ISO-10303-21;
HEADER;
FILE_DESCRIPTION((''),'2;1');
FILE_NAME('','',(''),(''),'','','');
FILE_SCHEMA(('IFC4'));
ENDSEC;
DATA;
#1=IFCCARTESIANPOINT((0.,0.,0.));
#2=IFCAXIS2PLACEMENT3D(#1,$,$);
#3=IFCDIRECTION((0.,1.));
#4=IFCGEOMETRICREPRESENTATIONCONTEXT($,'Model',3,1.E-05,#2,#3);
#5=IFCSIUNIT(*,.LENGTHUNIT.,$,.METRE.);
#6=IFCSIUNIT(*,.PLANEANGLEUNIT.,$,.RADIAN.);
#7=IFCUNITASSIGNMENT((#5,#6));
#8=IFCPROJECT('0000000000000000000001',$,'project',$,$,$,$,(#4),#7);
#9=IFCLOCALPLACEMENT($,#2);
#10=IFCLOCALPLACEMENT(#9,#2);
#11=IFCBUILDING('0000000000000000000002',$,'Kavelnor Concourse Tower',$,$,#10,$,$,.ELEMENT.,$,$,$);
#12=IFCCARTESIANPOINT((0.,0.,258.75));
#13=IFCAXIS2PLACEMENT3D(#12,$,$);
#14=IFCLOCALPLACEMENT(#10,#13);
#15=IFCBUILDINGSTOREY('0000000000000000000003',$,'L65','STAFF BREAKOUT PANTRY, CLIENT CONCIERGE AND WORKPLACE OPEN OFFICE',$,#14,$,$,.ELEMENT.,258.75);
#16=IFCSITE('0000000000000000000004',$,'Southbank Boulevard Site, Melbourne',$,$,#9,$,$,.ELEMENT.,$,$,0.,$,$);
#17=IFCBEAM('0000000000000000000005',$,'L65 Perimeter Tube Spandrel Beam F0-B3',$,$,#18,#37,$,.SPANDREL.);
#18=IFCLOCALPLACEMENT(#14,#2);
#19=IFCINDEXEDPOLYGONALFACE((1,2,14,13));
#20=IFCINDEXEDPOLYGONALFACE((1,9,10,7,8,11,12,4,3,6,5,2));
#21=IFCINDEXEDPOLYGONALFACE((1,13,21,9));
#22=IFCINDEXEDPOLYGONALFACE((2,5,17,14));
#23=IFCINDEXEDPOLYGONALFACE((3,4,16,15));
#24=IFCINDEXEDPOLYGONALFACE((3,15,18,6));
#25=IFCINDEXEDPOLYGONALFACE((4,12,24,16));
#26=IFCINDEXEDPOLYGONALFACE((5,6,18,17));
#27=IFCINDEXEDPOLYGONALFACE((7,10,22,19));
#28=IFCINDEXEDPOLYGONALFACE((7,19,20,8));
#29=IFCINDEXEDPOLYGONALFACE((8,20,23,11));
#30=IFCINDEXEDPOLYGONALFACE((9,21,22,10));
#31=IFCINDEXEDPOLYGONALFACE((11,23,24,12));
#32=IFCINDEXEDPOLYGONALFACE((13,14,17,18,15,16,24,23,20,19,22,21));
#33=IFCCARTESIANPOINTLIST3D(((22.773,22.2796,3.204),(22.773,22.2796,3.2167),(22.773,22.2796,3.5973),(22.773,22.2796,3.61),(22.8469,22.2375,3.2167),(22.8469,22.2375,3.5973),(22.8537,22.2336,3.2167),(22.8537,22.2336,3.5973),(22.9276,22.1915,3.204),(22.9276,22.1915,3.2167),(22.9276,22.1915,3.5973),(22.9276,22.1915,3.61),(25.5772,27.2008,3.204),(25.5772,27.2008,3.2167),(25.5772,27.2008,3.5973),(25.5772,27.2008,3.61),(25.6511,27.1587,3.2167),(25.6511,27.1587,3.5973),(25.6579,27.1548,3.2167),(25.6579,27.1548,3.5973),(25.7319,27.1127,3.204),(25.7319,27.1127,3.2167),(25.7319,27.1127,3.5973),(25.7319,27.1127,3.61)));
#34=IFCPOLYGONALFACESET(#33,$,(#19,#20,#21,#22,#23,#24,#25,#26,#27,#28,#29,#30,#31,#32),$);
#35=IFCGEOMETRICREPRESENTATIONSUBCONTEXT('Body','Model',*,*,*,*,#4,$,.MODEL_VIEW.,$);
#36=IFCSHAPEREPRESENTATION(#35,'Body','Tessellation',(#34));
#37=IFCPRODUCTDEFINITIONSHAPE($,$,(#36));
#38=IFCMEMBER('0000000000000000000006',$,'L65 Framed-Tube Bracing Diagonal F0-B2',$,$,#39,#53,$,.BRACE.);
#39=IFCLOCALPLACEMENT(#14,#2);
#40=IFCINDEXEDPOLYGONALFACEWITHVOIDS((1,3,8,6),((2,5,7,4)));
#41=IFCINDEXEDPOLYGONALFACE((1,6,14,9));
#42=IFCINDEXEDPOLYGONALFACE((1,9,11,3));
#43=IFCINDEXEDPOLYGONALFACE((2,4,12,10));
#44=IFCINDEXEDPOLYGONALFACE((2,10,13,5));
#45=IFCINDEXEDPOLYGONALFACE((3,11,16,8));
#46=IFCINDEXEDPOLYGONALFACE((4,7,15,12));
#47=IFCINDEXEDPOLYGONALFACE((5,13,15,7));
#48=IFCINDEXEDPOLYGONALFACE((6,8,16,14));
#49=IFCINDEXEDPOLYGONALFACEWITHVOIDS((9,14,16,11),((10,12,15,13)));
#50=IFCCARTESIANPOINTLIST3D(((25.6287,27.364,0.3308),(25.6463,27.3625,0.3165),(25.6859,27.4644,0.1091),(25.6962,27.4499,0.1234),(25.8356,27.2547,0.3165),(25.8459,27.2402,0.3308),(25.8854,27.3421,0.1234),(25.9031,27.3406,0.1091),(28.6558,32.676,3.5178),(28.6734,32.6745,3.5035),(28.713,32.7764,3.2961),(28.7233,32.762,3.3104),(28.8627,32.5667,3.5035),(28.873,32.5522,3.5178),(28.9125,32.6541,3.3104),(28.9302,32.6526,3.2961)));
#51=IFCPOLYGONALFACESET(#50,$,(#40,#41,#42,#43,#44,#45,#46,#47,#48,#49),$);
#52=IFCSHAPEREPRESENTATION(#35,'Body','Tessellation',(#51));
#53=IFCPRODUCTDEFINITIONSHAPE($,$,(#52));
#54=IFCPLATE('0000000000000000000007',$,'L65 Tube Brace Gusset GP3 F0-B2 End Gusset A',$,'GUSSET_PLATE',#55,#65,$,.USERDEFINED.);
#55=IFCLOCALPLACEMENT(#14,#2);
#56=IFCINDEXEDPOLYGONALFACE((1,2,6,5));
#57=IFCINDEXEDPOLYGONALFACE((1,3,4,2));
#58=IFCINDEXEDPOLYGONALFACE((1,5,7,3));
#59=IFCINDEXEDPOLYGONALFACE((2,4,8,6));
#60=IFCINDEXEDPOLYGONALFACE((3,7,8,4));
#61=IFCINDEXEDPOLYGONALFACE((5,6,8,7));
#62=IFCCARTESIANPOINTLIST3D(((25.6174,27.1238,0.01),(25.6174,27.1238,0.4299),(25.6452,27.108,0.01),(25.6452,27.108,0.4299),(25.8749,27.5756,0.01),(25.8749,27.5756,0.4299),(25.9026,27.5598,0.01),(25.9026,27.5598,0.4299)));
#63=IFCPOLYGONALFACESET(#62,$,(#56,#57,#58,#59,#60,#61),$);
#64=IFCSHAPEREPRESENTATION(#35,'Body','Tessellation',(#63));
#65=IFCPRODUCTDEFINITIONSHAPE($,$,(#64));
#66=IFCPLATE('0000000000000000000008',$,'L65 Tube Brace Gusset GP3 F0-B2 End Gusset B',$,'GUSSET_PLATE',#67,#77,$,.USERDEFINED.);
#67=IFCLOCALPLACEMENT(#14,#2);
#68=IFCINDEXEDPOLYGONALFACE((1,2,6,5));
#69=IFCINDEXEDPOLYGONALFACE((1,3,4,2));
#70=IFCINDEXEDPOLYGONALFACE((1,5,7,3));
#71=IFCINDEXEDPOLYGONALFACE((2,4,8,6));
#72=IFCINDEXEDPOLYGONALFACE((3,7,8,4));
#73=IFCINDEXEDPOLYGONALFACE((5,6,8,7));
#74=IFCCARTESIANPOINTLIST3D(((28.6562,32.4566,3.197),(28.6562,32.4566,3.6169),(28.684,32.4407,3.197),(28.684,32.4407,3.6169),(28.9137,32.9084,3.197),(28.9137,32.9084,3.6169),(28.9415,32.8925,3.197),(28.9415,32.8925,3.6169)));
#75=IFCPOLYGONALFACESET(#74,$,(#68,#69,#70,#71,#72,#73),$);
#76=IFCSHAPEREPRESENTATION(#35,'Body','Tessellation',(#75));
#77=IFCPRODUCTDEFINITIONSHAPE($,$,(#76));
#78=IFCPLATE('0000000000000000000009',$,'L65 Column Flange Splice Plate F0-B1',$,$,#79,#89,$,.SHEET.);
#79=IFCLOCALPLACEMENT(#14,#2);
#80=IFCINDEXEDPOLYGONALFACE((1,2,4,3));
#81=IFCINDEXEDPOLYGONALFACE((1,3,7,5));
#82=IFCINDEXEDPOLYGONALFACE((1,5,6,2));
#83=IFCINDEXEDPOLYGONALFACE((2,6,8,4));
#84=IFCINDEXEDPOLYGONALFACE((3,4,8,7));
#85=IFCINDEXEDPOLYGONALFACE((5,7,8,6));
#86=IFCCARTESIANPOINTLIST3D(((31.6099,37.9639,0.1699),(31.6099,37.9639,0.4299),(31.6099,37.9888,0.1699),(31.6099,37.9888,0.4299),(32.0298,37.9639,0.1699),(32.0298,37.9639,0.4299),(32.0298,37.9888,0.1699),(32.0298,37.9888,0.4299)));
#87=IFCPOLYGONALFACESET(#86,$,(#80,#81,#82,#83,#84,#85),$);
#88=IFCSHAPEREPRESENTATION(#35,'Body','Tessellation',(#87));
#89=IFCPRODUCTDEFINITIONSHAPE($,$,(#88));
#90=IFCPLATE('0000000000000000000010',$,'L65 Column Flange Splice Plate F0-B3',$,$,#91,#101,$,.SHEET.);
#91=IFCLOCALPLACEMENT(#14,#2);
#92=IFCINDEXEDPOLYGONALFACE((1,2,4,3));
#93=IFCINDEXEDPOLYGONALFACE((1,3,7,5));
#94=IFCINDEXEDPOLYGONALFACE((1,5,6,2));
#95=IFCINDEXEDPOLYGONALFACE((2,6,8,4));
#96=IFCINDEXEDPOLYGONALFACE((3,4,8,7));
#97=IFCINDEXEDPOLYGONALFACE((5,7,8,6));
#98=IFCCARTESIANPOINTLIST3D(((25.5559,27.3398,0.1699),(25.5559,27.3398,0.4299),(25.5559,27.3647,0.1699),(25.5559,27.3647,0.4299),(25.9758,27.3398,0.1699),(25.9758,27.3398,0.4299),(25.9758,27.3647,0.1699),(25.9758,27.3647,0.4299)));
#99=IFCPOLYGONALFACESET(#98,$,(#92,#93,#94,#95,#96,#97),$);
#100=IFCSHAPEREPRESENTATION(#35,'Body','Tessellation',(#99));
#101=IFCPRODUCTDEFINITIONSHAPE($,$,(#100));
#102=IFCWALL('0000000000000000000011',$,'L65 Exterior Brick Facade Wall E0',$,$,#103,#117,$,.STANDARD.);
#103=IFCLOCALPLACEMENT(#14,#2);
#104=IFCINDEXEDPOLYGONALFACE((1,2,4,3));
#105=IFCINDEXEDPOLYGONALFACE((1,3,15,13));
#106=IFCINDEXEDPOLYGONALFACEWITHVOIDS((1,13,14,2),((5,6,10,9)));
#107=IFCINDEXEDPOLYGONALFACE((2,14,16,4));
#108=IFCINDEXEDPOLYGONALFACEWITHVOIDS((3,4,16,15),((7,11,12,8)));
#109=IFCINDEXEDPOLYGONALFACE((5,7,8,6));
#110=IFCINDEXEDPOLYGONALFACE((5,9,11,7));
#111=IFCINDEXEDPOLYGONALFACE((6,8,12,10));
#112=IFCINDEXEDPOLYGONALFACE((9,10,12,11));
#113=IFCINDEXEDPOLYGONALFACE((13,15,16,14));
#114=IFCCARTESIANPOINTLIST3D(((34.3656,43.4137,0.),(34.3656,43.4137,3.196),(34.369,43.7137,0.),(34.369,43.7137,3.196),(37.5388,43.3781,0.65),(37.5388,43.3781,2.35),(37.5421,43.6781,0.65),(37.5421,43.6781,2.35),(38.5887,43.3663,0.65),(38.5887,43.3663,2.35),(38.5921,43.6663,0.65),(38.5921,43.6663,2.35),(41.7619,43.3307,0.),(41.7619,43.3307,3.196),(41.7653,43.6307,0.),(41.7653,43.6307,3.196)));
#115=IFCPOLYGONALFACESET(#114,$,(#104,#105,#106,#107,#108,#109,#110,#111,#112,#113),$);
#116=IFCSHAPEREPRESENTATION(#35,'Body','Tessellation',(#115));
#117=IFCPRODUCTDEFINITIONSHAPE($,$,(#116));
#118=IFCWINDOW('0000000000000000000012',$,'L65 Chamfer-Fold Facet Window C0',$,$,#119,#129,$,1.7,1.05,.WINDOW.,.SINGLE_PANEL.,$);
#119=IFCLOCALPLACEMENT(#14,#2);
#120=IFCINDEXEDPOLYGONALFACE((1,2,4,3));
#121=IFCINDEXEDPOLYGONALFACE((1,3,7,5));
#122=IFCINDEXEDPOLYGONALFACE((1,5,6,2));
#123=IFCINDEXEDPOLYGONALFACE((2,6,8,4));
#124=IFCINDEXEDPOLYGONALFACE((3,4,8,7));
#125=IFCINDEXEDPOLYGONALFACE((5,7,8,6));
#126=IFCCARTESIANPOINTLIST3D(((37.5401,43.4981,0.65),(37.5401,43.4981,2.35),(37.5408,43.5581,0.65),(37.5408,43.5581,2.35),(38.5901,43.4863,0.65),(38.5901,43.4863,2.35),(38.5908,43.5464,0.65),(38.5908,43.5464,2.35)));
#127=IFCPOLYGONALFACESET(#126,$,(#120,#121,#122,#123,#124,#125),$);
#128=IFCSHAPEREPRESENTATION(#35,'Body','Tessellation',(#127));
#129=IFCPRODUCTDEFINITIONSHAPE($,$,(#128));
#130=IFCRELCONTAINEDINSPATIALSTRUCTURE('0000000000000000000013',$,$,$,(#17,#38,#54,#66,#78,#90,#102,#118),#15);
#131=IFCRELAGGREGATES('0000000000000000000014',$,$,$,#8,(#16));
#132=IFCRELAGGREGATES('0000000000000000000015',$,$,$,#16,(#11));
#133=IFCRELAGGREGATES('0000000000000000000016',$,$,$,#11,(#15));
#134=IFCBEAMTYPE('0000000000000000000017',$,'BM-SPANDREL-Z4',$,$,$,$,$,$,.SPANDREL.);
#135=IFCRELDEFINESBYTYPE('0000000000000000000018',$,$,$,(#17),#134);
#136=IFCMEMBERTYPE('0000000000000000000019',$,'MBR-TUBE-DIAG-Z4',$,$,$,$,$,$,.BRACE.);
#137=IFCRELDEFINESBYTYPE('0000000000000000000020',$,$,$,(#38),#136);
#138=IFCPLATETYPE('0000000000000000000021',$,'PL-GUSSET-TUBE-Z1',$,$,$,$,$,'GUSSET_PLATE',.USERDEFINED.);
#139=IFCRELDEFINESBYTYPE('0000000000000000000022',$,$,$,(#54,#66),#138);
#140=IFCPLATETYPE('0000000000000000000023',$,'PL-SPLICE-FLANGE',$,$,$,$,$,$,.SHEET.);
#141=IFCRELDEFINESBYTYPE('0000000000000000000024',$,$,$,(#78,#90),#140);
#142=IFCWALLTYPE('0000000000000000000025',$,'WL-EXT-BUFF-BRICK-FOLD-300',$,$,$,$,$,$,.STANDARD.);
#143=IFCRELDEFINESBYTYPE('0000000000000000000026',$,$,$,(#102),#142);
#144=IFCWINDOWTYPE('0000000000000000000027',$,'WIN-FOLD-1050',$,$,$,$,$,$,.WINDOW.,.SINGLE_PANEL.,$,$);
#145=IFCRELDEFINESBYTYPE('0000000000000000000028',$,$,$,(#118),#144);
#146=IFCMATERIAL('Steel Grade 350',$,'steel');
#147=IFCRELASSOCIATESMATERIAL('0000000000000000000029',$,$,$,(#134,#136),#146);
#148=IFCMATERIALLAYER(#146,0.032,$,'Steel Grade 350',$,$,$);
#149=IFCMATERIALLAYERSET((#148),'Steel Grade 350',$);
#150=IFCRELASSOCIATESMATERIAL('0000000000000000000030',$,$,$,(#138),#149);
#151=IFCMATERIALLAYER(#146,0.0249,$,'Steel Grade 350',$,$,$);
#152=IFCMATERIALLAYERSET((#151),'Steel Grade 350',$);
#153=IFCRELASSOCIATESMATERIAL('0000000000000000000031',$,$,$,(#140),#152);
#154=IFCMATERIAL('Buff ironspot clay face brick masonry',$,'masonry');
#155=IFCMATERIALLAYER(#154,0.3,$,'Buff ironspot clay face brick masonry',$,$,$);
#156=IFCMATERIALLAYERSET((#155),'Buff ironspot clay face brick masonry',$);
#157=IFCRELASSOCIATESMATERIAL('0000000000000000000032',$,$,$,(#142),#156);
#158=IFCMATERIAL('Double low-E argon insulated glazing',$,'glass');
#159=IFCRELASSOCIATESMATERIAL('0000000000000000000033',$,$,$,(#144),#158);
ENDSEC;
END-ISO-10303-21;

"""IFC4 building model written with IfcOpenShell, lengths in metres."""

from ifc_helpers import new_model, si_unit, direction, frame, frame_2d, origin, origin_2d, place, context, subcontext, project, spatial, rectangle, hollow_rectangle, i_section, extrude, material, layer, layer_set, material_profile, profile_set, type_object, element, fill, save


model = new_model("IFC4")

# Units and contexts
model_context = context("Model", 3, precision=1e-05, world=origin(), true_north=direction((0.0, 1.0)))
body_context = subcontext(model_context, "Body", "Model", "MODEL_VIEW")
ifc_project = project(units=[si_unit("LENGTHUNIT", "METRE"), si_unit("PLANEANGLEUNIT", "RADIAN")], contexts=[model_context])

# Site, building, storey
site_placement = place(None, origin())
site = spatial("IfcSite", under=ifc_project, at=site_placement, Name="Southbank Boulevard Site, Melbourne", CompositionType="ELEMENT", RefElevation=0.0)
building_placement = place(site_placement, origin())
building = spatial("IfcBuilding", under=site, at=building_placement, Name="Kavelnor Concourse Tower", CompositionType="ELEMENT")
storey_placement = place(building_placement, frame((0.0, 0.0, 258.75)))
storey = spatial("IfcBuildingStorey", under=building, at=storey_placement, Name="L65", Description="STAFF BREAKOUT PANTRY, CLIENT CONCIERGE AND WORKPLACE OPEN OFFICE", CompositionType="ELEMENT", Elevation=258.75)

# Shared definitions
ifc_material_1 = material(Name="Steel Grade 350", Category="steel")

# Beam
ifc_material_profile_1 = material_profile(ifc_material_1, i_section(OverallWidth=0.178, OverallDepth=0.406, WebThickness=0.0078, FlangeThickness=0.0127, at=origin_2d()), Name="410UB59")
ifc_profile_set_1 = profile_set([ifc_material_profile_1], Name="Steel Grade 350")
beam_type_1 = type_object("IfcBeamType", Name="BM-SPANDREL-Z4", PredefinedType="SPANDREL", material=ifc_profile_set_1)
for number, where, z_axis, x_axis, name in (
    (1, (25.6545, 27.1567, 3.407), (-0.495089, -0.868842, 0.0), (0.868842, -0.495089, 0.0), "L65 Perimeter Tube Spandrel Beam F0-B3"),
):
    element("IfcBeam", number, at=place(storey_placement, frame(where, z_axis=z_axis, x_axis=x_axis)), inside=storey, type_object=beam_type_1, Name=name, PredefinedType="SPANDREL", context=body_context, shape_type="SweptSolid", body=[
        extrude(i_section(OverallWidth=0.178, OverallDepth=0.406, WebThickness=0.0078, FlangeThickness=0.0127, at=origin_2d()), origin(), (0.0, 0.0, 1.0), 5.6641),
    ])

# Member
ifc_material_profile_2 = material_profile(ifc_material_1, hollow_rectangle(XDim=0.25, YDim=0.25, WallThickness=0.0161, at=origin_2d()), Name="SHS 250x250x16")
ifc_profile_set_2 = profile_set([ifc_material_profile_2], Name="Steel Grade 350")
member_type = type_object("IfcMemberType", Name="MBR-TUBE-DIAG-Z4", PredefinedType="BRACE", material=ifc_profile_set_2)
member_placement = place(storey_placement, frame((25.7659, 27.3523, 0.22), z_axis=(0.439043, 0.770441, 0.462236), x_axis=(-0.86883, 0.495111, 0.0)))
element("IfcMember", 2, at=member_placement, inside=storey, type_object=member_type, Name="L65 Framed-Tube Bracing Diagonal F0-B2", PredefinedType="BRACE", context=body_context, shape_type="SweptSolid", body=[
    extrude(hollow_rectangle(XDim=0.25, YDim=0.25, WallThickness=0.0161, at=origin_2d()), origin(), (0.0, 0.0, 1.0), 6.8948),
])

# Plates
ifc_layer_1 = layer(ifc_material_1, 0.032, Name="Steel Grade 350")
ifc_layer_set_1 = layer_set([ifc_layer_1], Name="Steel Grade 350")
plate_type_1 = type_object("IfcPlateType", Name="PL-GUSSET-TUBE-Z1", ElementType="GUSSET_PLATE", PredefinedType="USERDEFINED", material=ifc_layer_set_1)
for number, where, z_axis, x_axis, name in (
    (3, (25.76, 27.3418, 0.01), (0.0, 0.0, 1.0), (0.495155, 0.868804, 0.0), "L65 Tube Brace Gusset GP3 F0-B2 End Gusset A"),
    (4, (28.7988, 32.6746, 3.197), (0.0, 0.0, 1.0), (0.495155, 0.868804, 0.0), "L65 Tube Brace Gusset GP3 F0-B2 End Gusset B"),
):
    element("IfcPlate", number, at=place(storey_placement, frame(where, z_axis=z_axis, x_axis=x_axis)), inside=storey, type_object=plate_type_1, Name=name, ObjectType="GUSSET_PLATE", PredefinedType="USERDEFINED", context=body_context, shape_type="SweptSolid", body=[
        extrude(rectangle(XDim=0.52, YDim=0.032, at=origin_2d()), origin(), (0.0, 0.0, 1.0), 0.4199),
    ])
ifc_layer_2 = layer(ifc_material_1, 0.0249, Name="Steel Grade 350")
ifc_layer_set_2 = layer_set([ifc_layer_2], Name="Steel Grade 350")
plate_type_2 = type_object("IfcPlateType", Name="PL-SPLICE-FLANGE", PredefinedType="SHEET", material=ifc_layer_set_2)
for number, where, z_axis, x_axis, name in (
    (5, (31.8198, 37.9763, 0.1699), (0.0, 0.0, 1.0), (1.0, 0.0, 0.0), "L65 Column Flange Splice Plate F0-B1"),
    (6, (25.7659, 27.3523, 0.1699), (0.0, 0.0, 1.0), (1.0, 0.0, 0.0), "L65 Column Flange Splice Plate F0-B3"),
):
    element("IfcPlate", number, at=place(storey_placement, frame(where, z_axis=z_axis, x_axis=x_axis)), inside=storey, type_object=plate_type_2, Name=name, PredefinedType="SHEET", context=body_context, shape_type="SweptSolid", body=[
        extrude(rectangle(XDim=0.4199, YDim=0.0249, at=origin_2d()), origin(), (0.0, 0.0, 1.0), 0.26),
    ])

# Wall, opening, window
ifc_material_2 = material(Name="Buff ironspot clay face brick masonry", Category="masonry")
ifc_layer_3 = layer(ifc_material_2, 0.3, Name="Buff ironspot clay face brick masonry")
ifc_layer_set_3 = layer_set([ifc_layer_3], Name="Buff ironspot clay face brick masonry")
wall_type_1 = type_object("IfcWallType", Name="WL-EXT-BUFF-BRICK-FOLD-300", PredefinedType="STANDARD", material=ifc_layer_set_3)
wall_1_placement = place(storey_placement, frame((34.3674, 43.5637, 0.0), z_axis=(0.0, 0.0, 1.0), x_axis=(0.999937, -0.011222, 0.0)))
wall_1 = element("IfcWall", 7, at=wall_1_placement, inside=storey, type_object=wall_type_1, Name="L65 Exterior Brick Facade Wall E0", PredefinedType="STANDARD", context=body_context, shape_type="SweptSolid", body=[
    extrude(rectangle(XDim=7.3967, YDim=0.3, at=frame_2d((3.6982, 0.0))), origin(), (0.0, 0.0, 1.0), 3.196),
])
opening_1_placement = place(wall_1_placement, frame((3.1733, 0.0, 0.6499)))
opening_1 = element("IfcOpeningElement", 8, at=opening_1_placement, cuts=wall_1, PredefinedType="OPENING", context=body_context, shape_type="SweptSolid", body=[
    extrude(rectangle(XDim=1.05, YDim=1.7, at=frame_2d((0.5249, 0.8501))), frame((0.0, 0.1602, 0.0), z_axis=(0.0, -1.0, 0.0), x_axis=(1.0, 0.0, 0.0)), (0.0, 0.0, 1.0), 0.3201),
])
ifc_material_3 = material(Name="Double low-E argon insulated glazing", Category="glass")
window_type = type_object("IfcWindowType", Name="WIN-FOLD-1050", PartitioningType="SINGLE_PANEL", PredefinedType="WINDOW", material=ifc_material_3)
window_placement = place(opening_1_placement, origin())
window = element("IfcWindow", 9, at=window_placement, inside=storey, type_object=window_type, Name="L65 Chamfer-Fold Facet Window C0", OverallHeight=1.7, OverallWidth=1.05, PartitioningType="SINGLE_PANEL", PredefinedType="WINDOW", context=body_context, shape_type="SweptSolid", body=[
    extrude(rectangle(XDim=1.05, YDim=1.7, at=frame_2d((0.5249, 0.8501))), frame((0.0, 0.03, 0.0), z_axis=(0.0, -1.0, 0.0), x_axis=(1.0, 0.0, 0.0)), (0.0, 0.0, 1.0), 0.0601),
])
fill(opening_1, window)

save(model, "model.ifc")
